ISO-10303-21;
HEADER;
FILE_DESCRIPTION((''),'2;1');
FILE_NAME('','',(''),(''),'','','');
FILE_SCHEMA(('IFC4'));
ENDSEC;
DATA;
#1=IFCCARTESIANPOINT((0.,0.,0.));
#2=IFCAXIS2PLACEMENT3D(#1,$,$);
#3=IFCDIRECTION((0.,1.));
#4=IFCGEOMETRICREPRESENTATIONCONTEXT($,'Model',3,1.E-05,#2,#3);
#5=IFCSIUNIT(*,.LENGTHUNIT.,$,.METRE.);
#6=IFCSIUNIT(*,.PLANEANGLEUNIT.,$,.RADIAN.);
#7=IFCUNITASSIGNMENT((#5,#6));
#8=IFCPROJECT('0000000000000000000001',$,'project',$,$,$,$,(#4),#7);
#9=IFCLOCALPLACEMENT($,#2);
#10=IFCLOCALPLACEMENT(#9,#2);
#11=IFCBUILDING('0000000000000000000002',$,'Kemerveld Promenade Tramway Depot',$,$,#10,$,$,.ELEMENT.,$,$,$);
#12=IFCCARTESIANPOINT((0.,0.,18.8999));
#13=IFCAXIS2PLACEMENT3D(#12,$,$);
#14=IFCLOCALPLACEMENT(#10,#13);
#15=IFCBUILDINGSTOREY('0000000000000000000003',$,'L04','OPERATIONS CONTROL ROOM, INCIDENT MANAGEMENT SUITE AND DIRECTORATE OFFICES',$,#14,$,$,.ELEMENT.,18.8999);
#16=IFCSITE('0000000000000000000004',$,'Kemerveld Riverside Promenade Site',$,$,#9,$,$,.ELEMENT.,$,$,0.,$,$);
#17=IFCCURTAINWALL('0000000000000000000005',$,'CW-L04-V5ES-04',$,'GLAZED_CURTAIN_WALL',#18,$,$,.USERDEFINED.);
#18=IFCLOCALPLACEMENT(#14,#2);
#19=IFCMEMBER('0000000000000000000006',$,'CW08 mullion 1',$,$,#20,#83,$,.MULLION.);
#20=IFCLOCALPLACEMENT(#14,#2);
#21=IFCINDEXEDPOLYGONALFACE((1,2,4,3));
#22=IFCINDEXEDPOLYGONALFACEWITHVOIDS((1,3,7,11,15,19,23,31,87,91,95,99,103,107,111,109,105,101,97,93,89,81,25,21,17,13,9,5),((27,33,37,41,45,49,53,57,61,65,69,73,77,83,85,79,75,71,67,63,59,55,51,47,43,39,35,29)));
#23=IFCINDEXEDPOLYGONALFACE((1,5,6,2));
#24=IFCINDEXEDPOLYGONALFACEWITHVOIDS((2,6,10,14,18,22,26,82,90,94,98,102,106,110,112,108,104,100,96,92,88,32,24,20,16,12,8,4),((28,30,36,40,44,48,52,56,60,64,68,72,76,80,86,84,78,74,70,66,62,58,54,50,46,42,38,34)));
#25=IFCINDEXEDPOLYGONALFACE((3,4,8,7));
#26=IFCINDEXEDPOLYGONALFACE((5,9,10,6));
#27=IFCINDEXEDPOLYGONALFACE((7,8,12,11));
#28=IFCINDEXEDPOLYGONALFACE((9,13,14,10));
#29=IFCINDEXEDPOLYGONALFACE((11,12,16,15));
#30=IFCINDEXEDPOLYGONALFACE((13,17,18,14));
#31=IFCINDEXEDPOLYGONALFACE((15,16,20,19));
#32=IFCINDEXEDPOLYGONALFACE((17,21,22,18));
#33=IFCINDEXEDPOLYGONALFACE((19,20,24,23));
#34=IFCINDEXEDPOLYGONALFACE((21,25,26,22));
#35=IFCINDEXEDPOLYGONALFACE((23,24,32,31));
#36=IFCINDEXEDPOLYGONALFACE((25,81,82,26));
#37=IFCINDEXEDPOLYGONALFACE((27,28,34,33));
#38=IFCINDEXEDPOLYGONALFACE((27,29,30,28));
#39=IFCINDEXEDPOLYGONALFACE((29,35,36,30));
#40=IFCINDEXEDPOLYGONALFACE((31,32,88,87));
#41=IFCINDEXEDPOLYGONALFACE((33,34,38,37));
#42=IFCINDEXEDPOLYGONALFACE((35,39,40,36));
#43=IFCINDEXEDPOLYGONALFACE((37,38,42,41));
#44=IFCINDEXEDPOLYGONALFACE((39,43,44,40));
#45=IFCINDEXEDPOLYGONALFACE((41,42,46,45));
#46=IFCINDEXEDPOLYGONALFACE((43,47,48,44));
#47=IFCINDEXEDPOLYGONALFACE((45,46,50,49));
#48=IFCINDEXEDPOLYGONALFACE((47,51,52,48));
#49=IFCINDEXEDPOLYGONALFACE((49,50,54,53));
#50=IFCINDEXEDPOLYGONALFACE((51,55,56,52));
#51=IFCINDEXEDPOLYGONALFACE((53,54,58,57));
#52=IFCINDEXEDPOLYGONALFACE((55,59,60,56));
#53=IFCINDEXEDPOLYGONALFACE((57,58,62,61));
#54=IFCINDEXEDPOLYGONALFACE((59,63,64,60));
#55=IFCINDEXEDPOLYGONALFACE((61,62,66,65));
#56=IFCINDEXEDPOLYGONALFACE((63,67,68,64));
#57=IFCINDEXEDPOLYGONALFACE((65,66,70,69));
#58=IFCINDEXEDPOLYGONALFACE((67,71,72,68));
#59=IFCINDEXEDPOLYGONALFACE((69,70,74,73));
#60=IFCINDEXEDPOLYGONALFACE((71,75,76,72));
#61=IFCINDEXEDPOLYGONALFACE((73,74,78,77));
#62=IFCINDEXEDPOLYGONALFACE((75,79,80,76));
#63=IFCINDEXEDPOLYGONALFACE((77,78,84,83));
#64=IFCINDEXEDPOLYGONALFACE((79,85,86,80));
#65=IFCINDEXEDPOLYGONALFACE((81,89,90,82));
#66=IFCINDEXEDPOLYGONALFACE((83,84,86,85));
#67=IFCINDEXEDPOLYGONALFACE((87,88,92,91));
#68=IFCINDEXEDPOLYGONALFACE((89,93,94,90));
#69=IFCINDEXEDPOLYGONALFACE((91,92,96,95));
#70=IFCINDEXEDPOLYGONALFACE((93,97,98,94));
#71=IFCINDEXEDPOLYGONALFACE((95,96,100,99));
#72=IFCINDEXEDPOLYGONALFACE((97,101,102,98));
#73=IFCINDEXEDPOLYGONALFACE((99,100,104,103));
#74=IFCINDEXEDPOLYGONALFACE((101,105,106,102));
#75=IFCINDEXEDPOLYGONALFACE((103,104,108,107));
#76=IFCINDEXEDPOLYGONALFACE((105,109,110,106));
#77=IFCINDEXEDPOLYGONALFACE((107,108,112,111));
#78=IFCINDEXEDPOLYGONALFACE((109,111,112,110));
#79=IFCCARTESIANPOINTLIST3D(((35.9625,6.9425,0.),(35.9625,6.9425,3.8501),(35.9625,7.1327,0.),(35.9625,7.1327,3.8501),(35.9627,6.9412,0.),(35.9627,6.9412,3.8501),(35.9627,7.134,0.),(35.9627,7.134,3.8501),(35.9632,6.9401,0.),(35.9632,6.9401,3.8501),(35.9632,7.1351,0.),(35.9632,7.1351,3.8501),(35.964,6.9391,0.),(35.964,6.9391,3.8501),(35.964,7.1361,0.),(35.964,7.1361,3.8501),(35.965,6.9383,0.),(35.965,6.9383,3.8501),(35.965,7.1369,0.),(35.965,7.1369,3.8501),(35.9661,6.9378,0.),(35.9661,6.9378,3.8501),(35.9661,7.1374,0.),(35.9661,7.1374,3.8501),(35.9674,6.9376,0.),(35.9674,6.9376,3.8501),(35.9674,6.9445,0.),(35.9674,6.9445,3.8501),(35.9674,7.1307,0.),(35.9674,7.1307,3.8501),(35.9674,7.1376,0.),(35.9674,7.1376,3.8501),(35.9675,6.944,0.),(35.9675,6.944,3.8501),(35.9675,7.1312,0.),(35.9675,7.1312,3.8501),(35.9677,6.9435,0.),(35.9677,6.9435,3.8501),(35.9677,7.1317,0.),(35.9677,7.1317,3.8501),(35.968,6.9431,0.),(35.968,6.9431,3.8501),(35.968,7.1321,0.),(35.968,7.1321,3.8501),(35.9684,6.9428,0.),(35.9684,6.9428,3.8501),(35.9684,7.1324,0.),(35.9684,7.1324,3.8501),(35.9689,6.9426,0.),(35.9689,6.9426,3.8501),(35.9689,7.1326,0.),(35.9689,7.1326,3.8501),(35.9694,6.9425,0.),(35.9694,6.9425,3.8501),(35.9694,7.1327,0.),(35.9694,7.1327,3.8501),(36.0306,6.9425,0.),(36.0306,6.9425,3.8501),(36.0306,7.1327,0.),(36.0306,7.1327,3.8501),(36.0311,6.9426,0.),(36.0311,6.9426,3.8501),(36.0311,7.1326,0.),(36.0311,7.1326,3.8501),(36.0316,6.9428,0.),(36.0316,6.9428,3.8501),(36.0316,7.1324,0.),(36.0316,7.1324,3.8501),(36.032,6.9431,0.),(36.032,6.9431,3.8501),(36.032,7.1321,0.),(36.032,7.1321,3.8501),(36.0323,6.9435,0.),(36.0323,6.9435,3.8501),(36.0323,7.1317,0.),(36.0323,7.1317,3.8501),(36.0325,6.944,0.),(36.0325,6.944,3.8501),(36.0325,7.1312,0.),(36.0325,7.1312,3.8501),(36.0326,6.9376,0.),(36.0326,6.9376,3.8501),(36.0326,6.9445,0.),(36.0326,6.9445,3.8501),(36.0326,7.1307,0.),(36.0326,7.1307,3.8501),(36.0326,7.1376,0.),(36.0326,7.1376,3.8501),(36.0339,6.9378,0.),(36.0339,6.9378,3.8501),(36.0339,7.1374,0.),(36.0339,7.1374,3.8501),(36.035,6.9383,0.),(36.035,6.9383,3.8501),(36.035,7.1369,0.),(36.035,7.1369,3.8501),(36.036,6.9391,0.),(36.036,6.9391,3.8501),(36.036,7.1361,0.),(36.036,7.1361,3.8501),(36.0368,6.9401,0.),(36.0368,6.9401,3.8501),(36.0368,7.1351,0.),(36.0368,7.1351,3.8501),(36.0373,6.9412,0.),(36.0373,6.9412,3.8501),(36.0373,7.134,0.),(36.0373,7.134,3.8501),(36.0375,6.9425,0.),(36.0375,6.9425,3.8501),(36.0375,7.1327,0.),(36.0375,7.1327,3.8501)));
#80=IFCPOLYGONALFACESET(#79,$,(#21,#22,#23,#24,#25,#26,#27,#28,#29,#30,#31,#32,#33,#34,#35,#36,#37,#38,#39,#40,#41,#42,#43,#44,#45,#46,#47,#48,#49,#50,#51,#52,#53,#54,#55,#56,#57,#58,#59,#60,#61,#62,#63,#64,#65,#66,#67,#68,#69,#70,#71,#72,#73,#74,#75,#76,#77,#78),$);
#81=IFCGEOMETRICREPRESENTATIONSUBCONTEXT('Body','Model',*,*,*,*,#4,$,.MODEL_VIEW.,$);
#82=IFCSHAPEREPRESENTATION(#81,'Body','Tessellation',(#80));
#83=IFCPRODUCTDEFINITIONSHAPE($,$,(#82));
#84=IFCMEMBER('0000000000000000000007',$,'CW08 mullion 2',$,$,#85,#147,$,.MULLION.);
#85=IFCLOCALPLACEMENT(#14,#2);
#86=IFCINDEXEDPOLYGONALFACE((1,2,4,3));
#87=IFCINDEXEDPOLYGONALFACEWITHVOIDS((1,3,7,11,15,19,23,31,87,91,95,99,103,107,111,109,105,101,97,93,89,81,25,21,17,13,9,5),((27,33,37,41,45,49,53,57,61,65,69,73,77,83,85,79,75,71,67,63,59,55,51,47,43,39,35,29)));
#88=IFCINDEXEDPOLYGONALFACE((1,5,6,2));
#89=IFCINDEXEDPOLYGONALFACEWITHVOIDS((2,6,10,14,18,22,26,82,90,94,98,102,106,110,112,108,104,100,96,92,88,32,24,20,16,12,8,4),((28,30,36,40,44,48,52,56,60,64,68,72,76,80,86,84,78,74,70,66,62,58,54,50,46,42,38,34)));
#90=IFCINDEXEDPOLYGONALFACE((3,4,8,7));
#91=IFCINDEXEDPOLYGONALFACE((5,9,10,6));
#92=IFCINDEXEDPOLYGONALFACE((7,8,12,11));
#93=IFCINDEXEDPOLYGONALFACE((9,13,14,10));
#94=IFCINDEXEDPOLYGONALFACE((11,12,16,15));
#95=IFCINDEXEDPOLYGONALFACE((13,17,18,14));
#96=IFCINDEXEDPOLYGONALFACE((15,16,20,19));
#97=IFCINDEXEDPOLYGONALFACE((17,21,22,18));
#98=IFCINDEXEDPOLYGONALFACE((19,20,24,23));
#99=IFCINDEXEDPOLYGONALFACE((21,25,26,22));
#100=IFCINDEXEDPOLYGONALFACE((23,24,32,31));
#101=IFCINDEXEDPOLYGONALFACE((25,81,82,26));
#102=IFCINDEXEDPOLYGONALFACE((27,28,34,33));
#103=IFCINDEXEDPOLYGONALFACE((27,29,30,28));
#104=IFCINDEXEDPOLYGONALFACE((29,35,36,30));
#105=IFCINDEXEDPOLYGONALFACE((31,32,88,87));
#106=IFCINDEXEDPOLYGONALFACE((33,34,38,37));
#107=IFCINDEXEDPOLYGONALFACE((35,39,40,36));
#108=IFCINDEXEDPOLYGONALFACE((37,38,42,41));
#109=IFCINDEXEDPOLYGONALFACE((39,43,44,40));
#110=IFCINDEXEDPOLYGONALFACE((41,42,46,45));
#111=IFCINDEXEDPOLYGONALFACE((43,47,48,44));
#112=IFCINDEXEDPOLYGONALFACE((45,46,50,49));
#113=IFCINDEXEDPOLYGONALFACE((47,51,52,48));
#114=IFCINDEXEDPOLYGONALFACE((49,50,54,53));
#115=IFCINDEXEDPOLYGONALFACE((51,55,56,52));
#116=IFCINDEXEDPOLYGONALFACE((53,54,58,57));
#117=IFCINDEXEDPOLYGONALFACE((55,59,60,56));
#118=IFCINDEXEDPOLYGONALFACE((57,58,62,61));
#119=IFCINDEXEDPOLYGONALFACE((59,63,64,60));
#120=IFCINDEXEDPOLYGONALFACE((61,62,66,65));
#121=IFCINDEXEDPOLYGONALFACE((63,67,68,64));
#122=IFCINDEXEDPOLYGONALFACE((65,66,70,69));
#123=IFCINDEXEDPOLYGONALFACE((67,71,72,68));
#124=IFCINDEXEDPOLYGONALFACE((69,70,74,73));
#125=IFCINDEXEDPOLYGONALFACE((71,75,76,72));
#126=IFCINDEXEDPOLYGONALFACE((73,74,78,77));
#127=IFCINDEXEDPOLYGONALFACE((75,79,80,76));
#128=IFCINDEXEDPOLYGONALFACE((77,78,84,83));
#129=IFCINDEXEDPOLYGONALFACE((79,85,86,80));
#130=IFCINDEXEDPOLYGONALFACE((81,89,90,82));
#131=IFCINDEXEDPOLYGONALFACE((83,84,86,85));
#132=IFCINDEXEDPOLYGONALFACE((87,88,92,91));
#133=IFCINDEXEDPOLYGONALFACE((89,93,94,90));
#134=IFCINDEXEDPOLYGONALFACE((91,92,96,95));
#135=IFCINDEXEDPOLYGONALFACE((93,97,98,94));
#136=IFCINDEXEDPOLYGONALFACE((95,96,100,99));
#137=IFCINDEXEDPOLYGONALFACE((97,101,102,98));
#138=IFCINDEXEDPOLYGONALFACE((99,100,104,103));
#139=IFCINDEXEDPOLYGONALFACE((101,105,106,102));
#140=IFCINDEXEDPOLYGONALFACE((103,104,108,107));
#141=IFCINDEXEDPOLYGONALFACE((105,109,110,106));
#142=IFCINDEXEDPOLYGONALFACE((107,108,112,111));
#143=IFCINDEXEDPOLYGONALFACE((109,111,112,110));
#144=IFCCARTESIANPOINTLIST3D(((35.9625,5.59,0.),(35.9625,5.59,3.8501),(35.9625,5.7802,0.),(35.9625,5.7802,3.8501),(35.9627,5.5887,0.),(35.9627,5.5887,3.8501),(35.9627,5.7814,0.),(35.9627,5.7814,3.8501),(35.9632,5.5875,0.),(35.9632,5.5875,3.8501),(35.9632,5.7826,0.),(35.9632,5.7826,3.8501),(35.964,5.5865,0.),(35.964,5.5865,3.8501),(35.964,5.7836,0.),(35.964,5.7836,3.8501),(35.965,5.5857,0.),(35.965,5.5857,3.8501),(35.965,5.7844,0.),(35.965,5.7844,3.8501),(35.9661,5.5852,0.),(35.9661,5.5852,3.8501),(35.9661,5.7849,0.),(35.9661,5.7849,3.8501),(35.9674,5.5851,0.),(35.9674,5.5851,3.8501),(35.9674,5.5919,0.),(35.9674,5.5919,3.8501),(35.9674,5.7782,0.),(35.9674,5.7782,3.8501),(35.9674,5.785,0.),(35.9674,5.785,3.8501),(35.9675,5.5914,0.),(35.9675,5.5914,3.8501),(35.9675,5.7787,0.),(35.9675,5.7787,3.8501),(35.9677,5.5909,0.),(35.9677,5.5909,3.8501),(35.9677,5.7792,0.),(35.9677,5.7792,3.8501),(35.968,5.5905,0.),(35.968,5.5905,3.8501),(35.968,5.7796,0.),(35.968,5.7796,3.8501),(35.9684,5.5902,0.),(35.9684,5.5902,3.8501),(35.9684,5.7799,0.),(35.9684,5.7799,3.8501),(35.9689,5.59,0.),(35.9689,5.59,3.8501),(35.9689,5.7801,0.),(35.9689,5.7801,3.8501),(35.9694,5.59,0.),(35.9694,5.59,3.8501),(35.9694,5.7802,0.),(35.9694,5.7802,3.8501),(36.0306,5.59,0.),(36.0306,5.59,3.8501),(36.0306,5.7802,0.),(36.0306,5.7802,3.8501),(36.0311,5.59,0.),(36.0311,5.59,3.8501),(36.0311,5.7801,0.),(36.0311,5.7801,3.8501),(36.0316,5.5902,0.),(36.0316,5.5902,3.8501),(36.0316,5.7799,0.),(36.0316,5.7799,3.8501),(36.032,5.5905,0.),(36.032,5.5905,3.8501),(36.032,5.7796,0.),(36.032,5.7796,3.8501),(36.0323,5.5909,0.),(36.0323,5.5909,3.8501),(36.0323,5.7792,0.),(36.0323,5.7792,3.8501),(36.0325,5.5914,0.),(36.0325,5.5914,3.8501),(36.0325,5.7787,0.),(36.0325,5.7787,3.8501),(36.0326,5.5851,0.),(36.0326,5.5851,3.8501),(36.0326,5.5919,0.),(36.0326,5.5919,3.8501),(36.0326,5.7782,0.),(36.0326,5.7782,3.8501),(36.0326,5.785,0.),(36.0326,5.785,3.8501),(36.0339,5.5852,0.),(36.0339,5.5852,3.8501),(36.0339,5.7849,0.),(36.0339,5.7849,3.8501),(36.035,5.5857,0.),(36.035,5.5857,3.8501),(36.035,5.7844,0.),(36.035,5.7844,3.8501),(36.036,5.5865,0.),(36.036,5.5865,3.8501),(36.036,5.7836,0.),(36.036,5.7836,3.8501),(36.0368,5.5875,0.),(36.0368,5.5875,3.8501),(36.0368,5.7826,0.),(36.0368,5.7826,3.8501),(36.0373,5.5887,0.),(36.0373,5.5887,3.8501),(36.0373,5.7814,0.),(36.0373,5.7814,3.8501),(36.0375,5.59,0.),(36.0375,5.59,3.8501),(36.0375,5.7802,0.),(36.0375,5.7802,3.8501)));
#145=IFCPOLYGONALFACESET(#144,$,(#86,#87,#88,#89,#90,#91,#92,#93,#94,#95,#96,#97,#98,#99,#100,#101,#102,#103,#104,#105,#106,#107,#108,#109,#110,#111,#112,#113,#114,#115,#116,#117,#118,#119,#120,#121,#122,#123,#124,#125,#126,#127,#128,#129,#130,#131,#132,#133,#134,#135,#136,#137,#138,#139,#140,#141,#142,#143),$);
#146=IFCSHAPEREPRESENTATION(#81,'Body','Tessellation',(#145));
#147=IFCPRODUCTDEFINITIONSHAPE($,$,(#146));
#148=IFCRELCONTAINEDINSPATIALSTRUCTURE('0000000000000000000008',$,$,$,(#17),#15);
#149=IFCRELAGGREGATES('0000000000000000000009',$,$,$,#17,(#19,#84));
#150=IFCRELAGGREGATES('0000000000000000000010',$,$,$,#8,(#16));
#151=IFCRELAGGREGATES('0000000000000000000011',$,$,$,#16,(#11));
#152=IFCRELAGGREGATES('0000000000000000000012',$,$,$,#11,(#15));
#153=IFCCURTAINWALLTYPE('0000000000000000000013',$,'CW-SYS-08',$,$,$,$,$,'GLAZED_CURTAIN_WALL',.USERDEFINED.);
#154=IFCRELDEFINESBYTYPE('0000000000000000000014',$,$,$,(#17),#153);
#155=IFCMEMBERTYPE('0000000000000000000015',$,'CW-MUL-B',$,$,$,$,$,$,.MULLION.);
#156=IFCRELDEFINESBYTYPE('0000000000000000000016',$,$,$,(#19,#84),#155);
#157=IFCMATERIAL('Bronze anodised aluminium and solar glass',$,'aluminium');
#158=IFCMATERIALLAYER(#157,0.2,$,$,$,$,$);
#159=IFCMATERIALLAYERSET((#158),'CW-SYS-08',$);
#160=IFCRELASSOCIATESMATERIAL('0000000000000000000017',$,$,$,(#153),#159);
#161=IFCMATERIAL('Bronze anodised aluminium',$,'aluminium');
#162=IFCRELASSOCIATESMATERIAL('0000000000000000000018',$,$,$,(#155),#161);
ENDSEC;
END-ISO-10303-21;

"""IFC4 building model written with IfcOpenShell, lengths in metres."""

from ifc_helpers import new_model, si_unit, direction, frame, origin, origin_2d, place, context, subcontext, project, spatial, hollow_rectangle, extrude, material, layer, layer_set, material_profile, profile_set, type_object, element, aggregate, save


model = new_model("IFC4")

# Units and contexts
model_context = context("Model", 3, precision=1e-05, world=origin(), true_north=direction((0.0, 1.0)))
body_context = subcontext(model_context, "Body", "Model", "MODEL_VIEW")
ifc_project = project(units=[si_unit("LENGTHUNIT", "METRE"), si_unit("PLANEANGLEUNIT", "RADIAN")], contexts=[model_context])

# Site, building, storey
site_placement = place(None, origin())
site = spatial("IfcSite", under=ifc_project, at=site_placement, Name="Kemerveld Riverside Promenade Site", CompositionType="ELEMENT", RefElevation=0.0)
building_placement = place(site_placement, origin())
building = spatial("IfcBuilding", under=site, at=building_placement, Name="Kemerveld Promenade Tramway Depot", CompositionType="ELEMENT")
storey_placement = place(building_placement, frame((0.0, 0.0, 18.8999)))
storey = spatial("IfcBuildingStorey", under=building, at=storey_placement, Name="L04", Description="OPERATIONS CONTROL ROOM, INCIDENT MANAGEMENT SUITE AND DIRECTORATE OFFICES", CompositionType="ELEMENT", Elevation=18.8999)

# Curtain wall, members
ifc_material_1 = material(Name="Bronze anodised aluminium and solar glass", Category="aluminium")
ifc_layer_1 = layer(ifc_material_1, 0.2)
ifc_layer_set_1 = layer_set([ifc_layer_1], Name="CW-SYS-08")
curtain_wall_type = type_object("IfcCurtainWallType", Name="CW-SYS-08", ElementType="GLAZED_CURTAIN_WALL", PredefinedType="USERDEFINED", material=ifc_layer_set_1)
curtain_wall_placement = place(storey_placement, origin())
curtain_wall = element("IfcCurtainWall", 1, at=curtain_wall_placement, inside=storey, type_object=curtain_wall_type, Name="CW-L04-V5ES-04", ObjectType="GLAZED_CURTAIN_WALL", PredefinedType="USERDEFINED")
ifc_material_2 = material(Name="Bronze anodised aluminium", Category="aluminium")
ifc_material_profile_1 = material_profile(ifc_material_2, hollow_rectangle(XDim=0.075, YDim=0.2, WallThickness=0.0049, InnerFilletRadius=0.002, OuterFilletRadius=0.0049, at=origin_2d()), Name="CW-MUL-200x75")
ifc_profile_set_1 = profile_set([ifc_material_profile_1], Name="Bronze anodised aluminium")
member_type_1 = type_object("IfcMemberType", Name="CW-MUL-B", PredefinedType="MULLION", material=ifc_profile_set_1)
member_1_placement = place(storey_placement, frame((36.0, 7.0376, 0.0), z_axis=(0.0, 0.0, 1.0), x_axis=(1.0, 0.0, 0.0)))
member_1 = element("IfcMember", 2, at=member_1_placement, type_object=member_type_1, Name="CW08 mullion 1", PredefinedType="MULLION", context=body_context, shape_type="SweptSolid", body=[
    extrude(hollow_rectangle(XDim=0.075, YDim=0.2, WallThickness=0.0049, InnerFilletRadius=0.002, OuterFilletRadius=0.0049, at=origin_2d()), origin(), (0.0, 0.0, 1.0), 3.8501),
])
member_2_placement = place(storey_placement, frame((36.0, 5.6851, 0.0), z_axis=(0.0, 0.0, 1.0), x_axis=(1.0, 0.0, 0.0)))
member_2 = element("IfcMember", 3, at=member_2_placement, type_object=member_type_1, Name="CW08 mullion 2", PredefinedType="MULLION", context=body_context, shape_type="SweptSolid", body=[
    extrude(hollow_rectangle(XDim=0.075, YDim=0.2, WallThickness=0.0049, InnerFilletRadius=0.002, OuterFilletRadius=0.0049, at=origin_2d()), origin(), (0.0, 0.0, 1.0), 3.8501),
])
aggregate(curtain_wall, [member_1, member_2])

save(model, "model.ifc")
